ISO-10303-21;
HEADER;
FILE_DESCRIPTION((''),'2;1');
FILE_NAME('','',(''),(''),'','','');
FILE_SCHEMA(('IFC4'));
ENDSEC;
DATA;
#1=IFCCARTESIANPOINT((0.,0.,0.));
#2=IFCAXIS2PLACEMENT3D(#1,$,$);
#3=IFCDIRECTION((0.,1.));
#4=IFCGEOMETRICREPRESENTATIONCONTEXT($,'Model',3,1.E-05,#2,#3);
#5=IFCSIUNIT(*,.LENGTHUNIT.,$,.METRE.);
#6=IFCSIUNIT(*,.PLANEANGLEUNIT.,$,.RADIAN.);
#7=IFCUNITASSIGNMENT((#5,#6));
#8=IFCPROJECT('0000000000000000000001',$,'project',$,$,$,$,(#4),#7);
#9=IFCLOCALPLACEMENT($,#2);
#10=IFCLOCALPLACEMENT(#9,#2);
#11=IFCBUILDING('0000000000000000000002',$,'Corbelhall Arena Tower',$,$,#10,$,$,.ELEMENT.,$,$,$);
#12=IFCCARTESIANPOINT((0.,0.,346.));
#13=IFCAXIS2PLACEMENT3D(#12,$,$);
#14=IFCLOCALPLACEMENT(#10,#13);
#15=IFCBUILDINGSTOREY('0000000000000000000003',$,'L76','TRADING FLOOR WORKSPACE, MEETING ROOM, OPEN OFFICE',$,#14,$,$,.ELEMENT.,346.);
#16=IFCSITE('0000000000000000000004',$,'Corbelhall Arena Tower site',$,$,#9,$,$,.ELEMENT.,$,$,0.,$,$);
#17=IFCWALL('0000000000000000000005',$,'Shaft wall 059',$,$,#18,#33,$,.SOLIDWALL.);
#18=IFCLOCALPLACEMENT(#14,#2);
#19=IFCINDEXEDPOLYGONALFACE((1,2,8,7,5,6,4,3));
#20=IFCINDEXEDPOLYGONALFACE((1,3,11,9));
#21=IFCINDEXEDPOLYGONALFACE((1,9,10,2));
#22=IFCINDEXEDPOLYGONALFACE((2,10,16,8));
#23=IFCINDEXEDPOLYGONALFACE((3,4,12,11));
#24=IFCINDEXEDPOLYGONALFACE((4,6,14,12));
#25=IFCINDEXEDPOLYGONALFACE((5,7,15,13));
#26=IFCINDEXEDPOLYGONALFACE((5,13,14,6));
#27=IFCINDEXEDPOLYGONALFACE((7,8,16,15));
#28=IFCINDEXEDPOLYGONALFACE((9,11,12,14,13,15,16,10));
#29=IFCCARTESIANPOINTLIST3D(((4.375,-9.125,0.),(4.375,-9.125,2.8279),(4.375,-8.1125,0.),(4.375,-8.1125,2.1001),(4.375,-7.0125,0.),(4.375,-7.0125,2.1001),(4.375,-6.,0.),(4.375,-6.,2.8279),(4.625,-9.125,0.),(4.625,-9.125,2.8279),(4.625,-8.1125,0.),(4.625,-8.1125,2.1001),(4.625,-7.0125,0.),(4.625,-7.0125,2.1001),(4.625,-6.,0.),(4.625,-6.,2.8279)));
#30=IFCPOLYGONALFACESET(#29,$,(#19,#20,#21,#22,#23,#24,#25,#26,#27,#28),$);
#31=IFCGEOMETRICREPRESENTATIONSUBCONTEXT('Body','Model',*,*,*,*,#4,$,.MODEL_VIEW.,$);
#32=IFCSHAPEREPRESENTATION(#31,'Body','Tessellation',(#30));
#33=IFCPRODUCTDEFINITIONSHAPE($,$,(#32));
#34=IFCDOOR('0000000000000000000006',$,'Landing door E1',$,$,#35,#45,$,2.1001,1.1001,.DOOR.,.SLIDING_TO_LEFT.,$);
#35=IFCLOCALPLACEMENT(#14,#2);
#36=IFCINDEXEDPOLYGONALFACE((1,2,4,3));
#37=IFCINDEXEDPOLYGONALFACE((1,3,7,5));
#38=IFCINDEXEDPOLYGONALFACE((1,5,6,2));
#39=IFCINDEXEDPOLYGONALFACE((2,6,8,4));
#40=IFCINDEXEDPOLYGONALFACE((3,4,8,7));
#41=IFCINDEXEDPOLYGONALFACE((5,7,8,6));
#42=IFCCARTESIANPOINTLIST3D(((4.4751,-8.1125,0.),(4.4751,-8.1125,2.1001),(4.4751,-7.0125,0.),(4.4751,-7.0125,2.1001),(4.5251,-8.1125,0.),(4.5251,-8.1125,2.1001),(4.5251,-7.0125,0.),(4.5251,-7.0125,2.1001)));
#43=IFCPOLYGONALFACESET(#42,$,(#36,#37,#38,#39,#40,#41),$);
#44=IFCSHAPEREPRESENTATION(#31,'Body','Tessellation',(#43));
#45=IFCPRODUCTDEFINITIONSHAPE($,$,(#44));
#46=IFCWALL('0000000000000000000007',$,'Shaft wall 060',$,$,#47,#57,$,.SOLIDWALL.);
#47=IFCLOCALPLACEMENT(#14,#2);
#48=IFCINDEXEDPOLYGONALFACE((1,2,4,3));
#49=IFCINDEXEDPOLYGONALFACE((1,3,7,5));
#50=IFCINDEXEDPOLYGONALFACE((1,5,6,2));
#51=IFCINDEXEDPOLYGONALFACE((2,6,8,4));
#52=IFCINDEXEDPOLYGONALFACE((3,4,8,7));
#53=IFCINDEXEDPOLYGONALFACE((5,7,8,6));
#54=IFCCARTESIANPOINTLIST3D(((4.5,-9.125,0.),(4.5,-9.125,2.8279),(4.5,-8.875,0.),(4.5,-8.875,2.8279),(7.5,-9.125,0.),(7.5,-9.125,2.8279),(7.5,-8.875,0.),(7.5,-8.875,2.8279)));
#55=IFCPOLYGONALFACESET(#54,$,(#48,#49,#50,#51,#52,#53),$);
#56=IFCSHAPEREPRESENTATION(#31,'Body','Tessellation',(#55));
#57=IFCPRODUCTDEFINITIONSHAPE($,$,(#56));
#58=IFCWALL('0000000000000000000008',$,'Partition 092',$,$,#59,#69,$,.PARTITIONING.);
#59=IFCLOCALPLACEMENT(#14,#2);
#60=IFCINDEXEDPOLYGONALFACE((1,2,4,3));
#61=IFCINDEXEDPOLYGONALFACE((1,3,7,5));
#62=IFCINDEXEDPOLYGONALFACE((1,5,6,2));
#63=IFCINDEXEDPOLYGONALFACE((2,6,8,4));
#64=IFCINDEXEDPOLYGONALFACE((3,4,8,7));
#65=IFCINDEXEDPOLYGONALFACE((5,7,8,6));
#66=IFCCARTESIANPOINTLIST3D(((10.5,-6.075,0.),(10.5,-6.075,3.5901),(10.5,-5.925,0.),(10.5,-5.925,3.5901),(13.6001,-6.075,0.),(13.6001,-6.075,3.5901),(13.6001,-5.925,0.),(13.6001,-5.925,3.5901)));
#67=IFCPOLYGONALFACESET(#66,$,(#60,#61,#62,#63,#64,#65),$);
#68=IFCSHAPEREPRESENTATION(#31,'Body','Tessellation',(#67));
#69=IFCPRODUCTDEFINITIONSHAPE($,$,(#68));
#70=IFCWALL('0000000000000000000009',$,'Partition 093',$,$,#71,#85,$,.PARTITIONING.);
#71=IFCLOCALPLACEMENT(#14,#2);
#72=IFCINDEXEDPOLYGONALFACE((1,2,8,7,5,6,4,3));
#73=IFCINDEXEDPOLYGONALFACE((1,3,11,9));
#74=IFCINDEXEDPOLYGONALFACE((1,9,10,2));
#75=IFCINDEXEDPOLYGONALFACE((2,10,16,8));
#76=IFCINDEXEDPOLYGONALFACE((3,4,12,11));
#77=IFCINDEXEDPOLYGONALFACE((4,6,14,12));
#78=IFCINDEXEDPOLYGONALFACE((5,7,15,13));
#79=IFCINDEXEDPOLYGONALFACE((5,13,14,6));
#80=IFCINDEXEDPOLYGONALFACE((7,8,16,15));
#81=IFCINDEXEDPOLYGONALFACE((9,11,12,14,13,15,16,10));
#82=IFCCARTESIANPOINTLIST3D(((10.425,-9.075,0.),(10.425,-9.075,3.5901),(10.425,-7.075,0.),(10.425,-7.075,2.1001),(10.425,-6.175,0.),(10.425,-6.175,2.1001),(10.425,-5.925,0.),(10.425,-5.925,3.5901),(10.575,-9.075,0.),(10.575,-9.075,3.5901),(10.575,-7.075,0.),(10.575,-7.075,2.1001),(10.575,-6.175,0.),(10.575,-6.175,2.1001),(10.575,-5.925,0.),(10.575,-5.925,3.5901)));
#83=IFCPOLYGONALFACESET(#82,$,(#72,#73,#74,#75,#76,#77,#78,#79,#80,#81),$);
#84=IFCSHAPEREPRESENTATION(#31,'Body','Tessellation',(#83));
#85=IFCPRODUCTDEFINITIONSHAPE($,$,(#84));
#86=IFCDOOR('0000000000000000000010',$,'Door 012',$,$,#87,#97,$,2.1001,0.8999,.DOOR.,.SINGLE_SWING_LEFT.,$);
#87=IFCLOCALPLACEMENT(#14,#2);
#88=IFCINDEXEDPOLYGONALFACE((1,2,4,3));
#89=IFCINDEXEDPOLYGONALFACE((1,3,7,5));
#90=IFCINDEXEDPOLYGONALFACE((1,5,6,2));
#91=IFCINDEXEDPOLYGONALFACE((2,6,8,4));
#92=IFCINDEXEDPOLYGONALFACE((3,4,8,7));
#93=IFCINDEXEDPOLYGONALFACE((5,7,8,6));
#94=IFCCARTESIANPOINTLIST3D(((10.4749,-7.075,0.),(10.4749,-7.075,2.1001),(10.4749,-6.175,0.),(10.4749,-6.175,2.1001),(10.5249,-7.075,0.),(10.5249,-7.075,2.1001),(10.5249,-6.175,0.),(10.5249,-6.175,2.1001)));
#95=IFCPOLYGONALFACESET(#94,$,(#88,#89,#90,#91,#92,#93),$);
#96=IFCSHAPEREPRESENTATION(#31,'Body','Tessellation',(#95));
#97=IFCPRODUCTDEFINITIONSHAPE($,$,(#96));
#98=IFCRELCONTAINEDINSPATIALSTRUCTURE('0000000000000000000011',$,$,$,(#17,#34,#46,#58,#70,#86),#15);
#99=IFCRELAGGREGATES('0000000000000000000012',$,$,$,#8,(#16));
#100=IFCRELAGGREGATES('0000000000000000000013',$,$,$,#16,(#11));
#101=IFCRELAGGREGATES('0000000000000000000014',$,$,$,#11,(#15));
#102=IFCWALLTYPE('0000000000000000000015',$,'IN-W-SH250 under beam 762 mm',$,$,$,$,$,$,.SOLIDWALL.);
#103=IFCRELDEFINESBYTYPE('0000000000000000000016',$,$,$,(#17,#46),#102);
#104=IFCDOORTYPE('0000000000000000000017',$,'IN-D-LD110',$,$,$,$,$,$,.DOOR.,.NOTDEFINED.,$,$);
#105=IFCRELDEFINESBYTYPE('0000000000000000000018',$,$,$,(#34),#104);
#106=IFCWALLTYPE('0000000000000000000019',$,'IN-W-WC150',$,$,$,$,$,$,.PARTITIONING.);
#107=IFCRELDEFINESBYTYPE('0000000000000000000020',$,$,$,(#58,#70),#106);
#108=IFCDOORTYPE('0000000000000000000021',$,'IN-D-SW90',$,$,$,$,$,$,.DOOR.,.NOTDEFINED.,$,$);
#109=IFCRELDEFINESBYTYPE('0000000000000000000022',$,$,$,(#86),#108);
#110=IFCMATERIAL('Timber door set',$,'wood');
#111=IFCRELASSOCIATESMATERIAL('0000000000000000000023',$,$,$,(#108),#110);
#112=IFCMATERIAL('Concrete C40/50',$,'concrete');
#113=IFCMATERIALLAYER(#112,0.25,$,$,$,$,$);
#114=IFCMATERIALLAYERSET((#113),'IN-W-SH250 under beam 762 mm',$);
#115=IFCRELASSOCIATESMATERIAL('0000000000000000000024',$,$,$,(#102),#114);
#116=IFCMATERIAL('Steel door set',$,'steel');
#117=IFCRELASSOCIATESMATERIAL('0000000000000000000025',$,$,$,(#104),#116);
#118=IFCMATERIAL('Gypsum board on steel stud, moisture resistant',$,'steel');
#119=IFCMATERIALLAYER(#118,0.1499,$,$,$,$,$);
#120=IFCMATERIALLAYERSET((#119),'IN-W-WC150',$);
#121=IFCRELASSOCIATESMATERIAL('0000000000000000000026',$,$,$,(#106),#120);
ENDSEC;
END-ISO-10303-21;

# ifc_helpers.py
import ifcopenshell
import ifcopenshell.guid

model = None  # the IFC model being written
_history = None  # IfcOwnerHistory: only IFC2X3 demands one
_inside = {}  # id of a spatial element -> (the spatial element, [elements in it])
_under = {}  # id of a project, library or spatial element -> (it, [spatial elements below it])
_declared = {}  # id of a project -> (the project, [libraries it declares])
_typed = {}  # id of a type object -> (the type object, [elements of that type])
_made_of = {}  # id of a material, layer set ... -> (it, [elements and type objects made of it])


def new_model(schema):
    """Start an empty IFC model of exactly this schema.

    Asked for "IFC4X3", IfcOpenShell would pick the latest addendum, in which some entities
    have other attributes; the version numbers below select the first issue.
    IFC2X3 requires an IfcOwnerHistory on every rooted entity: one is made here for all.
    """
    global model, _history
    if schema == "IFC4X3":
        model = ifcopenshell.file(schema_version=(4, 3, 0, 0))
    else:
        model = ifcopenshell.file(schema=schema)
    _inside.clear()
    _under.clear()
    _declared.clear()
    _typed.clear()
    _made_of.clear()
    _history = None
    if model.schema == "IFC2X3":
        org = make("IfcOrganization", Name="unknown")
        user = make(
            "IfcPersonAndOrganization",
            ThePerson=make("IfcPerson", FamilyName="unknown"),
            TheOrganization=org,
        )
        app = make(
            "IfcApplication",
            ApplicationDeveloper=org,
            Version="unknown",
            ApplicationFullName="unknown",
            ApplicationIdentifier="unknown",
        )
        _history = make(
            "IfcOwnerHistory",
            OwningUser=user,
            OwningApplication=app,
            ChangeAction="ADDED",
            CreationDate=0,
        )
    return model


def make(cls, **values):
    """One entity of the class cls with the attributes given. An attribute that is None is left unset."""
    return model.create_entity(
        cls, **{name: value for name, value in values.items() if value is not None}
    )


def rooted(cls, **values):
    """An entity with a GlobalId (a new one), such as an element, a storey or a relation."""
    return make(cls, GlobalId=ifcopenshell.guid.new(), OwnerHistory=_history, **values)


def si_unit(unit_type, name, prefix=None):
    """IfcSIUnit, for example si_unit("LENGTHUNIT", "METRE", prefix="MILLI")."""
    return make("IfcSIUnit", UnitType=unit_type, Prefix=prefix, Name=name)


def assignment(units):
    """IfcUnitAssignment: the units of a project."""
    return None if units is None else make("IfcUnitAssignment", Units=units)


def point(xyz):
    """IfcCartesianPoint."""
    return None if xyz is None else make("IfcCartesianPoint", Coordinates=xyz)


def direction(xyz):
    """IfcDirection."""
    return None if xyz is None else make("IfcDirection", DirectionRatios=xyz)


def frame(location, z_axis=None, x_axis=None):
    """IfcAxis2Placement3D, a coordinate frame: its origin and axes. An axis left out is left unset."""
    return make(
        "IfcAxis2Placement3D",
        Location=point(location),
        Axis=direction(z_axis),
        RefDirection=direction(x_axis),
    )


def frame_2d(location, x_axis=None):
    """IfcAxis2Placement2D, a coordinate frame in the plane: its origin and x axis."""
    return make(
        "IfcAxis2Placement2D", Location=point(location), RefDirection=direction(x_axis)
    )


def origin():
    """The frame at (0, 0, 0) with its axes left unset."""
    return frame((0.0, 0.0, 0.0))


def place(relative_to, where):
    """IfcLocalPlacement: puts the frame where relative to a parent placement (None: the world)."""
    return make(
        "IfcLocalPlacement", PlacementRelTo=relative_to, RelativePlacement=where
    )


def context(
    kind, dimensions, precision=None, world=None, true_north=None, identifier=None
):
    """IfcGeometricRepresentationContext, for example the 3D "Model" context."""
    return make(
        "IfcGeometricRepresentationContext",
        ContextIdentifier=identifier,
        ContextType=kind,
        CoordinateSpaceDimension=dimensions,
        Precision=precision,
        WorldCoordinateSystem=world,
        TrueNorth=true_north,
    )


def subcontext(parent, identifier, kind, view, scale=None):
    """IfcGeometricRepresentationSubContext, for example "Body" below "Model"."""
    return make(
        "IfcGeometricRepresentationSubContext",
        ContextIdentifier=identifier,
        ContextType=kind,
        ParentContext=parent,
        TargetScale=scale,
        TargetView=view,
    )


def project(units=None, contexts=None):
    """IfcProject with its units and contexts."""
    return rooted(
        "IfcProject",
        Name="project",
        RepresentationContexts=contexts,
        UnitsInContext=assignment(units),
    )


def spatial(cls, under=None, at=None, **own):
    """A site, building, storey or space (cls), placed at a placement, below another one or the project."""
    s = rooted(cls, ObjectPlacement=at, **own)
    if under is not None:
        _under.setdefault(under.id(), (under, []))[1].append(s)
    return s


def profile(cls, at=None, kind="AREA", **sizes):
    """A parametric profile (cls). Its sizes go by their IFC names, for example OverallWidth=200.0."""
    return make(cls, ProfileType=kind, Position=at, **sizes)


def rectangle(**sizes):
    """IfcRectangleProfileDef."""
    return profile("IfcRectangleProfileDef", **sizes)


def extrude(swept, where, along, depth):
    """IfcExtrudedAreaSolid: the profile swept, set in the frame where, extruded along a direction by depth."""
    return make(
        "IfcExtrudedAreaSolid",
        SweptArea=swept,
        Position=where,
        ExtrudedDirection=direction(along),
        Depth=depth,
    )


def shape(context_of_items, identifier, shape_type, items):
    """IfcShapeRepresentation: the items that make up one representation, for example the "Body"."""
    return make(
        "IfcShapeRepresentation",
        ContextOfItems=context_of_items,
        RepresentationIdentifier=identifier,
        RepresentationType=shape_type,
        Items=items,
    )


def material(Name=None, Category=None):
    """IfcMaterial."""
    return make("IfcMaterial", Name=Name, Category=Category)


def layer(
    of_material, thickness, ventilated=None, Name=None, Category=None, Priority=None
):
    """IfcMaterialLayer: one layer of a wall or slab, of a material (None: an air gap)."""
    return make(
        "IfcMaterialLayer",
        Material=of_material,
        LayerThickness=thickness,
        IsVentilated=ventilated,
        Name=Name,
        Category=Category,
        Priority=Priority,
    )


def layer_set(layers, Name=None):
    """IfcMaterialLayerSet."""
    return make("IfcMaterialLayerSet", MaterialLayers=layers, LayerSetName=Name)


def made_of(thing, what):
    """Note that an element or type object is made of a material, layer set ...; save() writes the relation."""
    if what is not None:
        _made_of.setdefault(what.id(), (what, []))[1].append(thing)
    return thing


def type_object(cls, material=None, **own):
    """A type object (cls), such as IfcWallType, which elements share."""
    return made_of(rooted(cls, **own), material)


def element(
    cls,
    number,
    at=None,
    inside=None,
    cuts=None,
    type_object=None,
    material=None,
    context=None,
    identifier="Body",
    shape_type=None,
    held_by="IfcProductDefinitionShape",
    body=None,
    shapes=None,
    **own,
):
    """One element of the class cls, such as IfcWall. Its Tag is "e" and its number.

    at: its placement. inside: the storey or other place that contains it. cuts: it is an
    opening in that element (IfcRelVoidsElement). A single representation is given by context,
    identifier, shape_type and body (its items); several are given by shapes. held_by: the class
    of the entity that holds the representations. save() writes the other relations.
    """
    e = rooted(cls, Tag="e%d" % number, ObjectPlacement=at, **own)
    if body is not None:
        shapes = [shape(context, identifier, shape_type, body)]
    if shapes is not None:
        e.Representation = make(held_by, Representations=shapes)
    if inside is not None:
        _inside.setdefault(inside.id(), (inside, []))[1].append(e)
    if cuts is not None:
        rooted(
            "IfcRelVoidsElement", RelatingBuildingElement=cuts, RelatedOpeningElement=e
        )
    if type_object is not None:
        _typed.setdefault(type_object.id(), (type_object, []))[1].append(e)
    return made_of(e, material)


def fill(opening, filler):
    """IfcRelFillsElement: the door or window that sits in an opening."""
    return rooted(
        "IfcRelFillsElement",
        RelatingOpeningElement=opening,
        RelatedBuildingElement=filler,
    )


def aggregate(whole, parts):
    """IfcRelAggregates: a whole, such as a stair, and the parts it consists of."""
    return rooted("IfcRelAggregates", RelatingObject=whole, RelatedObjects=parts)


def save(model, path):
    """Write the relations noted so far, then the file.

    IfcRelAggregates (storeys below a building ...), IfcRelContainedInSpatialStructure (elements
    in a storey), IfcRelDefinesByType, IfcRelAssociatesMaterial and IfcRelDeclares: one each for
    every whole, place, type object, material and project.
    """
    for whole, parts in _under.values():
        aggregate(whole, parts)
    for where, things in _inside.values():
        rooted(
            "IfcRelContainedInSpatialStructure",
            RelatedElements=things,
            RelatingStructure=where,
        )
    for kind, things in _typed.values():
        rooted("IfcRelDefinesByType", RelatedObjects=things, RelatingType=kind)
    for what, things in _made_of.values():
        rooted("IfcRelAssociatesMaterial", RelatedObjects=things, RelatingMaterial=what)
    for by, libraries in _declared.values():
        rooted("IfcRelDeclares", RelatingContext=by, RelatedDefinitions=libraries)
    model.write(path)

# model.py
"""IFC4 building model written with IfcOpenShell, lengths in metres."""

from ifc_helpers import new_model, si_unit, direction, frame, frame_2d, origin, place, context, subcontext, project, spatial, rectangle, extrude, material, layer, layer_set, type_object, element, fill, save


model = new_model("IFC4")

# Units and contexts
model_context = context("Model", 3, precision=1e-05, world=origin(), true_north=direction((0.0, 1.0)))
body_context = subcontext(model_context, "Body", "Model", "MODEL_VIEW")
ifc_project = project(units=[si_unit("LENGTHUNIT", "METRE"), si_unit("PLANEANGLEUNIT", "RADIAN")], contexts=[model_context])

# Site, building, storey
site_placement = place(None, origin())
site = spatial("IfcSite", under=ifc_project, at=site_placement, Name="Corbelhall Arena Tower site", CompositionType="ELEMENT", RefElevation=0.0)
building_placement = place(site_placement, origin())
building = spatial("IfcBuilding", under=site, at=building_placement, Name="Corbelhall Arena Tower", CompositionType="ELEMENT")
storey_placement = place(building_placement, frame((0.0, 0.0, 346.0)))
storey = spatial("IfcBuildingStorey", under=building, at=storey_placement, Name="L76", Description="TRADING FLOOR WORKSPACE, MEETING ROOM, OPEN OFFICE", CompositionType="ELEMENT", Elevation=346.0)

# Shared definitions
ifc_material_1 = material(Name="Concrete C40/50", Category="concrete")

# Shared definitions
ifc_material_2 = material(Name="Timber door set", Category="wood")
door_type_1 = type_object("IfcDoorType", Name="IN-D-SW90", OperationType="NOTDEFINED", PredefinedType="DOOR", material=ifc_material_2)

# Shared definitions
ifc_material_3 = material(Name="Steel door set", Category="steel")

# Wall, opening, door
ifc_layer_1 = layer(ifc_material_1, 0.25)
ifc_layer_set_1 = layer_set([ifc_layer_1], Name="IN-W-SH250 under beam 762 mm")
wall_type_1 = type_object("IfcWallType", Name="IN-W-SH250 under beam 762 mm", PredefinedType="SOLIDWALL", material=ifc_layer_set_1)
wall_1_placement = place(storey_placement, frame((4.5, -9.125, 0.0), z_axis=(0.0, 0.0, 1.0), x_axis=(0.0, 1.0, 0.0)))
wall_1 = element("IfcWall", 1, at=wall_1_placement, inside=storey, type_object=wall_type_1, Name="Shaft wall 059", PredefinedType="SOLIDWALL", context=body_context, shape_type="SweptSolid", body=[
    extrude(rectangle(XDim=3.125, YDim=0.25, at=frame_2d((1.5625, 0.0))), origin(), (0.0, 0.0, 1.0), 2.8279),
])
opening_1_placement = place(wall_1_placement, frame((1.0125, 0.0, 0.0)))
opening_1 = element("IfcOpeningElement", 2, at=opening_1_placement, cuts=wall_1, PredefinedType="OPENING", context=body_context, shape_type="SweptSolid", body=[
    extrude(rectangle(XDim=1.1001, YDim=2.1001, at=frame_2d((0.55, 1.05))), frame((0.0, 0.125, 0.0), z_axis=(0.0, -1.0, 0.0), x_axis=(1.0, 0.0, 0.0)), (0.0, 0.0, 1.0), 0.25),
])
door_type_2 = type_object("IfcDoorType", Name="IN-D-LD110", OperationType="NOTDEFINED", PredefinedType="DOOR", material=ifc_material_3)
door_1_placement = place(opening_1_placement, origin())
door_1 = element("IfcDoor", 3, at=door_1_placement, inside=storey, type_object=door_type_2, Name="Landing door E1", OperationType="SLIDING_TO_LEFT", OverallHeight=2.1001, OverallWidth=1.1001, PredefinedType="DOOR", context=body_context, shape_type="SweptSolid", body=[
    extrude(rectangle(XDim=1.1001, YDim=2.1001, at=frame_2d((0.55, 1.05))), frame((0.0, 0.0249, 0.0), z_axis=(0.0, -1.0, 0.0), x_axis=(1.0, 0.0, 0.0)), (0.0, 0.0, 1.0), 0.05),
])
fill(opening_1, door_1)

# Walls
wall_2_placement = place(storey_placement, frame((7.5, -9.0, 0.0), z_axis=(0.0, 0.0, 1.0), x_axis=(-1.0, 0.0, 0.0)))
element("IfcWall", 4, at=wall_2_placement, inside=storey, type_object=wall_type_1, Name="Shaft wall 060", PredefinedType="SOLIDWALL", context=body_context, shape_type="SweptSolid", body=[
    extrude(rectangle(XDim=3.0, YDim=0.25, at=frame_2d((1.5, 0.0))), origin(), (0.0, 0.0, 1.0), 2.8279),
])
ifc_material_4 = material(Name="Gypsum board on steel stud, moisture resistant", Category="steel")
ifc_layer_2 = layer(ifc_material_4, 0.1499)
ifc_layer_set_2 = layer_set([ifc_layer_2], Name="IN-W-WC150")
wall_type_2 = type_object("IfcWallType", Name="IN-W-WC150", PredefinedType="PARTITIONING", material=ifc_layer_set_2)
wall_3_placement = place(storey_placement, frame((10.5, -6.0, 0.0), z_axis=(0.0, 0.0, 1.0), x_axis=(1.0, 0.0, 0.0)))
element("IfcWall", 5, at=wall_3_placement, inside=storey, type_object=wall_type_2, Name="Partition 092", PredefinedType="PARTITIONING", context=body_context, shape_type="SweptSolid", body=[
    extrude(rectangle(XDim=3.1001, YDim=0.1499, at=frame_2d((1.55, 0.0))), origin(), (0.0, 0.0, 1.0), 3.5901),
])

# Wall, opening, door
wall_4_placement = place(storey_placement, frame((10.5, -5.925, 0.0), z_axis=(0.0, 0.0, 1.0), x_axis=(0.0, -1.0, 0.0)))
wall_4 = element("IfcWall", 6, at=wall_4_placement, inside=storey, type_object=wall_type_2, Name="Partition 093", PredefinedType="PARTITIONING", context=body_context, shape_type="SweptSolid", body=[
    extrude(rectangle(XDim=3.1499, YDim=0.1499, at=frame_2d((1.575, 0.0))), origin(), (0.0, 0.0, 1.0), 3.5901),
])
opening_2_placement = place(wall_4_placement, frame((0.25, 0.0, 0.0)))
opening_2 = element("IfcOpeningElement", 7, at=opening_2_placement, cuts=wall_4, PredefinedType="OPENING", context=body_context, shape_type="SweptSolid", body=[
    extrude(rectangle(XDim=0.8999, YDim=2.1001, at=frame_2d((0.45, 1.05))), frame((0.0, 0.075, 0.0), z_axis=(0.0, -1.0, 0.0), x_axis=(1.0, 0.0, 0.0)), (0.0, 0.0, 1.0), 0.1499),
])
door_2_placement = place(opening_2_placement, origin())
door_2 = element("IfcDoor", 8, at=door_2_placement, inside=storey, type_object=door_type_1, Name="Door 012", OperationType="SINGLE_SWING_LEFT", OverallHeight=2.1001, OverallWidth=0.8999, PredefinedType="DOOR", context=body_context, shape_type="SweptSolid", body=[
    extrude(rectangle(XDim=0.8999, YDim=2.1001, at=frame_2d((0.45, 1.05))), frame((0.0, 0.0249, 0.0), z_axis=(0.0, -1.0, 0.0), x_axis=(1.0, 0.0, 0.0)), (0.0, 0.0, 1.0), 0.05),
])
fill(opening_2, door_2)

save(model, "model.ifc")
